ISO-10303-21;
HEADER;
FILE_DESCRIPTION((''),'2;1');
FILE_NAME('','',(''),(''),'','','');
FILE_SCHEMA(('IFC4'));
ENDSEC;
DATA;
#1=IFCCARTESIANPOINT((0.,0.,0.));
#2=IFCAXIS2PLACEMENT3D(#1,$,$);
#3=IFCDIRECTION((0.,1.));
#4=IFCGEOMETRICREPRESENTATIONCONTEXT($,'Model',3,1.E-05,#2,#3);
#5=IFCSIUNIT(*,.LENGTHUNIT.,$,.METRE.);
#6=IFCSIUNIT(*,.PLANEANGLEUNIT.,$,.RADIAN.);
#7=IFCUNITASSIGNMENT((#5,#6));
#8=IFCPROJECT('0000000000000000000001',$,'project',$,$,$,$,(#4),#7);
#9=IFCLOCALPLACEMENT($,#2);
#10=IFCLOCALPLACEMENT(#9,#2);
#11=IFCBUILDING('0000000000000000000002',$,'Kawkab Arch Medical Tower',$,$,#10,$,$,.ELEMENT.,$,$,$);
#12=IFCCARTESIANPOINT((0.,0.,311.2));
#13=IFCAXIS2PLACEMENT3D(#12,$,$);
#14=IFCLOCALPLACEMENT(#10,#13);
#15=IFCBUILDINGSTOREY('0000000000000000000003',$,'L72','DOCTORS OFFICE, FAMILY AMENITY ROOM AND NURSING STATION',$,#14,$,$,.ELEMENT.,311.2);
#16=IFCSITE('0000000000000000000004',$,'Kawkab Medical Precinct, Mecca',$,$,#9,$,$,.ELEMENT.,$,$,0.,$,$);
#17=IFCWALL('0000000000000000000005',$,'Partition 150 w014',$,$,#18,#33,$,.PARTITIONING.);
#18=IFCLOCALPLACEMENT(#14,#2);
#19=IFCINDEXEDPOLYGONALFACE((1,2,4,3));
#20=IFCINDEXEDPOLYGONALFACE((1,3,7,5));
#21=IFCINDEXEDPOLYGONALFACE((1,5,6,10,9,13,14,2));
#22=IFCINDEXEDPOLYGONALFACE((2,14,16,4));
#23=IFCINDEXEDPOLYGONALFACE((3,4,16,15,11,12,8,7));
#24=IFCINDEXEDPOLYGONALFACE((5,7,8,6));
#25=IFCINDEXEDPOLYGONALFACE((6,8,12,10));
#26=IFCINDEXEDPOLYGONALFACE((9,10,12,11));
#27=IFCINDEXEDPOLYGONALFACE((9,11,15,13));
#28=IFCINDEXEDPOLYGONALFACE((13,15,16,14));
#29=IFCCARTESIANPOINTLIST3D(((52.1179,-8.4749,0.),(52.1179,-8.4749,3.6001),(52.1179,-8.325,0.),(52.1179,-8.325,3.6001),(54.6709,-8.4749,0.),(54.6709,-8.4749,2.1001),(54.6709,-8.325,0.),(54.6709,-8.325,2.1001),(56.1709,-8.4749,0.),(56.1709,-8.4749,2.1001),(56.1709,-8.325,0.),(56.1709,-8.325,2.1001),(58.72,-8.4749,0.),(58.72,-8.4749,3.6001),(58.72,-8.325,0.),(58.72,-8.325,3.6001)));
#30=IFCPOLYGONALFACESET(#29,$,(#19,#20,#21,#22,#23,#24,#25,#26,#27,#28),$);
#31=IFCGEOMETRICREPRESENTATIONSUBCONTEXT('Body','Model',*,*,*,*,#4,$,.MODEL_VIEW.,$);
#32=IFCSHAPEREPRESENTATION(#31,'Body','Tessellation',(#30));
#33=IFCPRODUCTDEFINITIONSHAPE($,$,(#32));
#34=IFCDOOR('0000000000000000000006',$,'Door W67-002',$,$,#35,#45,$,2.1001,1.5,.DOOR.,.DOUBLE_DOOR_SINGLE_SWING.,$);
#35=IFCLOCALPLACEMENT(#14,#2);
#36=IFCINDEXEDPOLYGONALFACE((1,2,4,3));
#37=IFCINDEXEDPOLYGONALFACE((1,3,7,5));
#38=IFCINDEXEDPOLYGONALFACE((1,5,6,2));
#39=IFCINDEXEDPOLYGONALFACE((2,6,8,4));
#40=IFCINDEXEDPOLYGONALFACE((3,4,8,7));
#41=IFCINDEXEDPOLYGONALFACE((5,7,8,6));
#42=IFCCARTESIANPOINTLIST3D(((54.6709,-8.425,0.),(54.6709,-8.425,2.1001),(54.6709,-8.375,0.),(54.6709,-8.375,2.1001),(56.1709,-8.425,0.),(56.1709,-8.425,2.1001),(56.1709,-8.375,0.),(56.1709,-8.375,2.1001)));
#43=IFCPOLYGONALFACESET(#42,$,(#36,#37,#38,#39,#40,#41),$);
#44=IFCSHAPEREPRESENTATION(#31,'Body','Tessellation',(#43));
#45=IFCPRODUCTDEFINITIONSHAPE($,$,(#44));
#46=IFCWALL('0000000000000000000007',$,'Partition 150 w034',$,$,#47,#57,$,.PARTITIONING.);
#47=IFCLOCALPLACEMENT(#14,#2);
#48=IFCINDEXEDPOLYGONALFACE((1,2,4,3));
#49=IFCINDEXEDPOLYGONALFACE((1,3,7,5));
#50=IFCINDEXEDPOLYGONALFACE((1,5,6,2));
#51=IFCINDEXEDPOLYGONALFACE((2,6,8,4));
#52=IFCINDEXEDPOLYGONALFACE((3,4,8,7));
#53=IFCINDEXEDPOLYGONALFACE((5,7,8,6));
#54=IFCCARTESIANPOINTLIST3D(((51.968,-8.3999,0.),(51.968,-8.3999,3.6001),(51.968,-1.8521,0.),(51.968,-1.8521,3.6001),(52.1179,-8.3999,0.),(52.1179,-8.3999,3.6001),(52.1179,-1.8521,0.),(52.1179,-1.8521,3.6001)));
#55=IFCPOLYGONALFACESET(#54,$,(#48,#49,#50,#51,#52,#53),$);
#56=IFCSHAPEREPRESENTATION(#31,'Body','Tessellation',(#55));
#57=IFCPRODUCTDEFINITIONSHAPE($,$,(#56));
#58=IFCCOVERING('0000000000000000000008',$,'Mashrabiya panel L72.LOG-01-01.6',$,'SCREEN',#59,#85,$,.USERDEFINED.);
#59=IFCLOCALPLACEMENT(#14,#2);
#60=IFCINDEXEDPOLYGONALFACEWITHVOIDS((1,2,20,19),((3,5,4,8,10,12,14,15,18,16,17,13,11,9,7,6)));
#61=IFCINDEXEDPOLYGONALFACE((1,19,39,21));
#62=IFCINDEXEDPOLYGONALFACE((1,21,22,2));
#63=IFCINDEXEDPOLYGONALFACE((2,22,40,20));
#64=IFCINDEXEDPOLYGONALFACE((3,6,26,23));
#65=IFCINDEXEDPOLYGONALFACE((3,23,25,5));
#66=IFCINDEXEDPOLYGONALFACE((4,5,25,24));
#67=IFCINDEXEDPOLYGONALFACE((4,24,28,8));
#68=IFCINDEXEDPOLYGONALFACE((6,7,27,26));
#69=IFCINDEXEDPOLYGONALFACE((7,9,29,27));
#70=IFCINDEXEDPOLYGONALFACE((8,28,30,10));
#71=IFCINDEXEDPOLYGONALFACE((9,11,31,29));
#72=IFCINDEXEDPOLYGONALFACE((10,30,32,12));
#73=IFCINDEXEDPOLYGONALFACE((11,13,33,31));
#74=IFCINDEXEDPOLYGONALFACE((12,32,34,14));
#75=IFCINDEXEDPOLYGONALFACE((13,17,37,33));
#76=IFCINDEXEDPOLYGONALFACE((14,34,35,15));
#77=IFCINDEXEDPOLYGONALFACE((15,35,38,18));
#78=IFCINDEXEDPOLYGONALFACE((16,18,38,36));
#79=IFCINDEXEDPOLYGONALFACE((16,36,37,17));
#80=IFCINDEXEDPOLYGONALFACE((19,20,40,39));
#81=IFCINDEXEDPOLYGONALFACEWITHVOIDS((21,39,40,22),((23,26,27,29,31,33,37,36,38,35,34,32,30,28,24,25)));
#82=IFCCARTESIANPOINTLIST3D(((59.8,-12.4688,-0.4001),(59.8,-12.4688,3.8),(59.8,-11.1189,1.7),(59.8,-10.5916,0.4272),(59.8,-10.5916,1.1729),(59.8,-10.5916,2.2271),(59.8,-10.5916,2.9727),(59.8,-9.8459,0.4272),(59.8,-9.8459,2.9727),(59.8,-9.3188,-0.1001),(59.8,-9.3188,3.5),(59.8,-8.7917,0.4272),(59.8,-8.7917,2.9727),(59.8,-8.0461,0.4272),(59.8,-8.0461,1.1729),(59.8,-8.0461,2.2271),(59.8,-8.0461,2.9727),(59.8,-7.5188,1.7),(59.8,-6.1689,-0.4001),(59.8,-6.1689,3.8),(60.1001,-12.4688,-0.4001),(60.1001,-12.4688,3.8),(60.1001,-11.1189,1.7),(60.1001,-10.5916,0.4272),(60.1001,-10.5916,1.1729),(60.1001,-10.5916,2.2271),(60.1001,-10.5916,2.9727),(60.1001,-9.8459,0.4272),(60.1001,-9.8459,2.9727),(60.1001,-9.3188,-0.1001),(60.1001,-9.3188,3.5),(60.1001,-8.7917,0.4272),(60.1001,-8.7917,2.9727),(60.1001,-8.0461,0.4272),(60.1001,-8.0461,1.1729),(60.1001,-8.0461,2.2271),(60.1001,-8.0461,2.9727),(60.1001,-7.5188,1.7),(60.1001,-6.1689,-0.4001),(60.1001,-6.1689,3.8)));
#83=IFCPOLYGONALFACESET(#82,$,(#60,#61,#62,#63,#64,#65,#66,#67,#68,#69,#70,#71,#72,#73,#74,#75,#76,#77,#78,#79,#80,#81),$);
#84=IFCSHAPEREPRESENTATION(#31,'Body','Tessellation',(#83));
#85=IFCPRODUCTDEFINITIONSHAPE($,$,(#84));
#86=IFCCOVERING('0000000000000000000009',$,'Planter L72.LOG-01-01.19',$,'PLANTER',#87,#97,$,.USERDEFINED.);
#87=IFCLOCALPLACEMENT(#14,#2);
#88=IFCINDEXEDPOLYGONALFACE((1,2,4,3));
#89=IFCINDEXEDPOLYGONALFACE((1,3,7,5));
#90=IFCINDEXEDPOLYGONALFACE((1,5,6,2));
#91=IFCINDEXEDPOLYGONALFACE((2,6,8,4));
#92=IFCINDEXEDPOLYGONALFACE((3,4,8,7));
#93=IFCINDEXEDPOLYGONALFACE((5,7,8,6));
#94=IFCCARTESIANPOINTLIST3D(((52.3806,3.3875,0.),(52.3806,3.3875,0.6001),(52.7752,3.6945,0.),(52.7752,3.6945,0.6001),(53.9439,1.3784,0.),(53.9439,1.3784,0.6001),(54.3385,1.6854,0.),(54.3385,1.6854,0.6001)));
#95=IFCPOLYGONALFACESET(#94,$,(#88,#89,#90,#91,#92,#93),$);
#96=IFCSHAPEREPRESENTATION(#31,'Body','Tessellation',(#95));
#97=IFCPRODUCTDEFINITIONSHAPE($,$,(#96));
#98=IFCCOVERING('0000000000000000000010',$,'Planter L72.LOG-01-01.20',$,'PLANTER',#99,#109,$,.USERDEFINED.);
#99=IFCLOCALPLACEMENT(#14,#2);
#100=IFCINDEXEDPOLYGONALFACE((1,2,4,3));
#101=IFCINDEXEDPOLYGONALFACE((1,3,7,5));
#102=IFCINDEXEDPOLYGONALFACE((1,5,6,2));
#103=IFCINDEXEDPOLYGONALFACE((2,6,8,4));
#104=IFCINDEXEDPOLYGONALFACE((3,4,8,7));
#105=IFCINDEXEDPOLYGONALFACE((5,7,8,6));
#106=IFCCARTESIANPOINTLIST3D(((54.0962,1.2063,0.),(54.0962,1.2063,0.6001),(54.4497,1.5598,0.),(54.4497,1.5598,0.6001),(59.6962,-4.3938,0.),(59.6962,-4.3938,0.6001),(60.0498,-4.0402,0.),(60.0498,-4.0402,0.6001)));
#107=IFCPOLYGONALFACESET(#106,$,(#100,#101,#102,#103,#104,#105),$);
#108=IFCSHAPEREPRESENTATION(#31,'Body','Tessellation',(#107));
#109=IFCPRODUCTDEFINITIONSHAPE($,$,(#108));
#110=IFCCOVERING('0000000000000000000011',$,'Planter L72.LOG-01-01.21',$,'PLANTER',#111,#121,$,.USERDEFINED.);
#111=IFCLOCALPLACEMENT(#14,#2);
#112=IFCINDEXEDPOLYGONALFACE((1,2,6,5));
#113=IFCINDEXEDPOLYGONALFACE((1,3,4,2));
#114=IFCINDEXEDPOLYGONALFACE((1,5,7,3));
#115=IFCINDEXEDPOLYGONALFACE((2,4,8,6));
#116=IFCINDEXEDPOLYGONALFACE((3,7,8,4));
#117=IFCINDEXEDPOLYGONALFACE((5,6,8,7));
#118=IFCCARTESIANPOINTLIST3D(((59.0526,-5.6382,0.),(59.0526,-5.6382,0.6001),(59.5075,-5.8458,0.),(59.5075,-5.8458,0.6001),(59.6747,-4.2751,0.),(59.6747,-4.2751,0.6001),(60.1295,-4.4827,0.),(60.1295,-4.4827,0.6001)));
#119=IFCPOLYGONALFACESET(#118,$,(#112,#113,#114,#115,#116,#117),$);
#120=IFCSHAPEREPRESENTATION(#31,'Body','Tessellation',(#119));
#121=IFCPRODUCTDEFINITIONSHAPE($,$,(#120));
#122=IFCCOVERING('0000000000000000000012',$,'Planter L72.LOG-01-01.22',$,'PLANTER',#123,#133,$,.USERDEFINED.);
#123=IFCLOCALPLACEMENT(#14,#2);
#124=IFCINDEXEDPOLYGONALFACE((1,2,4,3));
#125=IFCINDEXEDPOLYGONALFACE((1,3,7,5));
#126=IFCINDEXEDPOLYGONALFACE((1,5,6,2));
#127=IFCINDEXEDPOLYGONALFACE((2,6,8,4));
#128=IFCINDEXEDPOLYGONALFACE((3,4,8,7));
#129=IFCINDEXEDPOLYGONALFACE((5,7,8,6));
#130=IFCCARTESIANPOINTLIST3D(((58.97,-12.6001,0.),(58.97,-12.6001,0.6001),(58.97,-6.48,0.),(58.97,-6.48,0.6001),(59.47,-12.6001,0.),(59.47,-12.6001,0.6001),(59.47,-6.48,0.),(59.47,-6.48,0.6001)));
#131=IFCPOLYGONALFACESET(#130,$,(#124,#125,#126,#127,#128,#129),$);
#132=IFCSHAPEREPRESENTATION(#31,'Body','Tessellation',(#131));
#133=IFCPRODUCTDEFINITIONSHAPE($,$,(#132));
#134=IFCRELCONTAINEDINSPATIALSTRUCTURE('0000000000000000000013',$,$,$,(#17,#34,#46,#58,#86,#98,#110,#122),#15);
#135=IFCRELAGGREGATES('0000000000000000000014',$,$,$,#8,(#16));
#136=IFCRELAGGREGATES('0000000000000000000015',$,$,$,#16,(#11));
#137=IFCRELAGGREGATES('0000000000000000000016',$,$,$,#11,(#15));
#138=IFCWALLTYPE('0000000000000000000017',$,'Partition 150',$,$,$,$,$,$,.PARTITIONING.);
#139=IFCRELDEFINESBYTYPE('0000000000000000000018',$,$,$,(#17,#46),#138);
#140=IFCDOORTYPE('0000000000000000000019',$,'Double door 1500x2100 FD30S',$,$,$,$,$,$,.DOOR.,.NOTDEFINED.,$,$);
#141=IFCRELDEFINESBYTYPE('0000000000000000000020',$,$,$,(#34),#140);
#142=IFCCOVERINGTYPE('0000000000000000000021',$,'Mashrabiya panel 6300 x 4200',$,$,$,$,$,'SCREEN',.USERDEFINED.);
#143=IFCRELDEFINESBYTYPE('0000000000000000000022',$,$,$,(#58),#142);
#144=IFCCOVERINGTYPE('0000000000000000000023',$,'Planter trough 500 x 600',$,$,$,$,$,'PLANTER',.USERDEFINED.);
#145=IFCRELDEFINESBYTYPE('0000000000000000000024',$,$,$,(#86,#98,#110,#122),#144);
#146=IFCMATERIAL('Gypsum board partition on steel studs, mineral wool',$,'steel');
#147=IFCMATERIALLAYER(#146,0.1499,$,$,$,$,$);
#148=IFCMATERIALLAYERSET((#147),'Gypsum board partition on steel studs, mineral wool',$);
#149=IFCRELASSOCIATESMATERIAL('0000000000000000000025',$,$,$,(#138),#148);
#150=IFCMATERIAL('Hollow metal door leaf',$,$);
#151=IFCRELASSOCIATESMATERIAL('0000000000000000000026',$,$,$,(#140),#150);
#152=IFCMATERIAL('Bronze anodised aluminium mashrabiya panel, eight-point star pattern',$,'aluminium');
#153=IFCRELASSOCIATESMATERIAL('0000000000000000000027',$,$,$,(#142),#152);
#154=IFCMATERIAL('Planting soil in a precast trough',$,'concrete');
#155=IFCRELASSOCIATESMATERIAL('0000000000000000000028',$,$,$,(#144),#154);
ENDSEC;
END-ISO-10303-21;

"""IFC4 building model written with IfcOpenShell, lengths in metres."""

from ifc_helpers import new_model, si_unit, direction, frame, frame_2d, origin, origin_2d, place, context, subcontext, project, spatial, polyline, rectangle, outline, extrude, material, layer, layer_set, material_profile, profile_set, type_object, element, fill, save


model = new_model("IFC4")

# Units and contexts
model_context = context("Model", 3, precision=1e-05, world=origin(), true_north=direction((0.0, 1.0)))
body_context = subcontext(model_context, "Body", "Model", "MODEL_VIEW")
ifc_project = project(units=[si_unit("LENGTHUNIT", "METRE"), si_unit("PLANEANGLEUNIT", "RADIAN")], contexts=[model_context])

# Site, building, storey
site_placement = place(None, origin())
site = spatial("IfcSite", under=ifc_project, at=site_placement, Name="Kawkab Medical Precinct, Mecca", CompositionType="ELEMENT", RefElevation=0.0)
building_placement = place(site_placement, origin())
building = spatial("IfcBuilding", under=site, at=building_placement, Name="Kawkab Arch Medical Tower", CompositionType="ELEMENT")
storey_placement = place(building_placement, frame((0.0, 0.0, 311.2)))
storey = spatial("IfcBuildingStorey", under=building, at=storey_placement, Name="L72", Description="DOCTORS OFFICE, FAMILY AMENITY ROOM AND NURSING STATION", CompositionType="ELEMENT", Elevation=311.2)

# Wall, opening, door
ifc_material_1 = material(Name="Gypsum board partition on steel studs, mineral wool", Category="steel")
ifc_layer_1 = layer(ifc_material_1, 0.1499)
ifc_layer_set_1 = layer_set([ifc_layer_1], Name="Gypsum board partition on steel studs, mineral wool")
wall_type = type_object("IfcWallType", Name="Partition 150", PredefinedType="PARTITIONING", material=ifc_layer_set_1)
wall_1_placement = place(storey_placement, frame((52.1179, -8.3999, 0.0), z_axis=(0.0, 0.0, 1.0), x_axis=(1.0, 0.0, 0.0)))
wall_1 = element("IfcWall", 1, at=wall_1_placement, inside=storey, type_object=wall_type, Name="Partition 150 w014", PredefinedType="PARTITIONING", context=body_context, shape_type="SweptSolid", body=[
    extrude(rectangle(XDim=6.6021, YDim=0.1499, at=frame_2d((3.301, 0.0))), origin(), (0.0, 0.0, 1.0), 3.6001),
])
opening_placement = place(wall_1_placement, frame((2.553, 0.0, 0.0)))
opening = element("IfcOpeningElement", 2, at=opening_placement, cuts=wall_1, PredefinedType="OPENING", context=body_context, shape_type="SweptSolid", body=[
    extrude(rectangle(XDim=1.5, YDim=2.1001, at=frame_2d((0.75, 1.05))), frame((0.0, 0.085, 0.0), z_axis=(0.0, -1.0, 0.0), x_axis=(1.0, 0.0, 0.0)), (0.0, 0.0, 1.0), 0.1699),
])
ifc_material_2 = material(Name="Hollow metal door leaf")
door_type = type_object("IfcDoorType", Name="Double door 1500x2100 FD30S", OperationType="NOTDEFINED", PredefinedType="DOOR", material=ifc_material_2)
door_placement = place(opening_placement, origin())
door = element("IfcDoor", 3, at=door_placement, inside=storey, type_object=door_type, Name="Door W67-002", OperationType="DOUBLE_DOOR_SINGLE_SWING", OverallHeight=2.1001, OverallWidth=1.5, PredefinedType="DOOR", context=body_context, shape_type="SweptSolid", body=[
    extrude(rectangle(XDim=1.5, YDim=2.1001, at=frame_2d((0.75, 1.05))), frame((0.0, 0.0249, 0.0), z_axis=(0.0, -1.0, 0.0), x_axis=(1.0, 0.0, 0.0)), (0.0, 0.0, 1.0), 0.05),
])
fill(opening, door)

# Wall
wall_2_placement = place(storey_placement, frame((52.043, -8.3999, 0.0), z_axis=(0.0, 0.0, 1.0), x_axis=(0.0, 1.0, 0.0)))
element("IfcWall", 4, at=wall_2_placement, inside=storey, type_object=wall_type, Name="Partition 150 w034", PredefinedType="PARTITIONING", context=body_context, shape_type="SweptSolid", body=[
    extrude(rectangle(XDim=6.5479, YDim=0.1499, at=frame_2d((3.2739, 0.0))), origin(), (0.0, 0.0, 1.0), 3.6001),
])

# Coverings
ifc_material_3 = material(Name="Bronze anodised aluminium mashrabiya panel, eight-point star pattern", Category="aluminium")
ifc_material_profile_1 = material_profile(ifc_material_3, outline(polyline([(-3.1499, -2.1001), (3.1499, -2.1001), (3.1499, 2.1001), (-3.1499, 2.1001), (-3.1499, -2.1001)]), holes=[polyline([(1.8, 0.0), (1.2727, 0.5271), (1.2727, 1.2727), (0.5271, 1.2727), (0.0, 1.8), (-0.5271, 1.2727), (-1.2727, 1.2727), (-1.2727, 0.5271), (-1.8, 0.0), (-1.2727, -0.5271), (-1.2727, -1.2727), (-0.5271, -1.2727), (0.0, -1.8), (0.5271, -1.2727), (1.2727, -1.2727), (1.2727, -0.5271), (1.8, 0.0)])]), Name="Mashrabiya panel 6300x4200")
ifc_profile_set_1 = profile_set([ifc_material_profile_1], Name="Bronze anodised aluminium mashrabiya panel, eight-point star pattern")
covering_type_1 = type_object("IfcCoveringType", Name="Mashrabiya panel 6300 x 4200", ElementType="SCREEN", PredefinedType="USERDEFINED", material=ifc_profile_set_1)
covering_1_placement = place(storey_placement, frame((59.8, -9.3188, 1.7), z_axis=(1.0, 0.0, 0.0), x_axis=(0.0, 1.0, 0.0)))
element("IfcCovering", 5, at=covering_1_placement, inside=storey, type_object=covering_type_1, Name="Mashrabiya panel L72.LOG-01-01.6", ObjectType="SCREEN", PredefinedType="USERDEFINED", context=body_context, shape_type="SweptSolid", body=[
    extrude(outline(polyline([(-3.1499, -2.1001), (3.1499, -2.1001), (3.1499, 2.1001), (-3.1499, 2.1001), (-3.1499, -2.1001)]), holes=[polyline([(1.8, 0.0), (1.2727, 0.5271), (1.2727, 1.2727), (0.5271, 1.2727), (0.0, 1.8), (-0.5271, 1.2727), (-1.2727, 1.2727), (-1.2727, 0.5271), (-1.8, 0.0), (-1.2727, -0.5271), (-1.2727, -1.2727), (-0.5271, -1.2727), (0.0, -1.8), (0.5271, -1.2727), (1.2727, -1.2727), (1.2727, -0.5271), (1.8, 0.0)])]), origin(), (0.0, 0.0, 1.0), 0.3),
])
ifc_material_4 = material(Name="Planting soil in a precast trough", Category="concrete")
ifc_material_profile_2 = material_profile(ifc_material_4, rectangle(XDim=0.5, YDim=0.6001, at=origin_2d()), Name="Trough 500x600")
ifc_profile_set_2 = profile_set([ifc_material_profile_2], Name="Planting soil in a precast trough")
covering_type_2 = type_object("IfcCoveringType", Name="Planter trough 500 x 600", ElementType="PLANTER", PredefinedType="USERDEFINED", material=ifc_profile_set_2)
covering_2_placement = place(storey_placement, frame((52.5779, 3.541, 0.3), z_axis=(0.6141, -0.789228, 0.0), x_axis=(0.789228, 0.6141, 0.0)))
element("IfcCovering", 6, at=covering_2_placement, inside=storey, type_object=covering_type_2, Name="Planter L72.LOG-01-01.19", ObjectType="PLANTER", PredefinedType="USERDEFINED", context=body_context, shape_type="SweptSolid", body=[
    extrude(rectangle(XDim=0.5, YDim=0.6001, at=origin_2d()), origin(), (0.0, 0.0, 1.0), 2.5457),
])
covering_3_placement = place(storey_placement, frame((54.2729, 1.3831, 0.3), z_axis=(0.707107, -0.707107, 0.0), x_axis=(0.707107, 0.707107, 0.0)))
element("IfcCovering", 7, at=covering_3_placement, inside=storey, type_object=covering_type_2, Name="Planter L72.LOG-01-01.20", ObjectType="PLANTER", PredefinedType="USERDEFINED", context=body_context, shape_type="SweptSolid", body=[
    extrude(rectangle(XDim=0.5, YDim=0.6001, at=origin_2d()), origin(), (0.0, 0.0, 1.0), 7.9197),
])
covering_4_placement = place(storey_placement, frame((59.9021, -4.3789, 0.3), z_axis=(-0.41519, -0.909735, 0.0), x_axis=(0.909735, -0.41519, 0.0)))
element("IfcCovering", 8, at=covering_4_placement, inside=storey, type_object=covering_type_2, Name="Planter L72.LOG-01-01.21", ObjectType="PLANTER", PredefinedType="USERDEFINED", context=body_context, shape_type="SweptSolid", body=[
    extrude(rectangle(XDim=0.5, YDim=0.6001, at=origin_2d()), origin(), (0.0, 0.0, 1.0), 1.4983),
])
covering_5_placement = place(storey_placement, frame((59.22, -6.48, 0.3), z_axis=(0.0, -1.0, 0.0), x_axis=(1.0, 0.0, 0.0)))
element("IfcCovering", 9, at=covering_5_placement, inside=storey, type_object=covering_type_2, Name="Planter L72.LOG-01-01.22", ObjectType="PLANTER", PredefinedType="USERDEFINED", context=body_context, shape_type="SweptSolid", body=[
    extrude(rectangle(XDim=0.5, YDim=0.6001, at=origin_2d()), origin(), (0.0, 0.0, 1.0), 6.1201),
])

save(model, "model.ifc")
